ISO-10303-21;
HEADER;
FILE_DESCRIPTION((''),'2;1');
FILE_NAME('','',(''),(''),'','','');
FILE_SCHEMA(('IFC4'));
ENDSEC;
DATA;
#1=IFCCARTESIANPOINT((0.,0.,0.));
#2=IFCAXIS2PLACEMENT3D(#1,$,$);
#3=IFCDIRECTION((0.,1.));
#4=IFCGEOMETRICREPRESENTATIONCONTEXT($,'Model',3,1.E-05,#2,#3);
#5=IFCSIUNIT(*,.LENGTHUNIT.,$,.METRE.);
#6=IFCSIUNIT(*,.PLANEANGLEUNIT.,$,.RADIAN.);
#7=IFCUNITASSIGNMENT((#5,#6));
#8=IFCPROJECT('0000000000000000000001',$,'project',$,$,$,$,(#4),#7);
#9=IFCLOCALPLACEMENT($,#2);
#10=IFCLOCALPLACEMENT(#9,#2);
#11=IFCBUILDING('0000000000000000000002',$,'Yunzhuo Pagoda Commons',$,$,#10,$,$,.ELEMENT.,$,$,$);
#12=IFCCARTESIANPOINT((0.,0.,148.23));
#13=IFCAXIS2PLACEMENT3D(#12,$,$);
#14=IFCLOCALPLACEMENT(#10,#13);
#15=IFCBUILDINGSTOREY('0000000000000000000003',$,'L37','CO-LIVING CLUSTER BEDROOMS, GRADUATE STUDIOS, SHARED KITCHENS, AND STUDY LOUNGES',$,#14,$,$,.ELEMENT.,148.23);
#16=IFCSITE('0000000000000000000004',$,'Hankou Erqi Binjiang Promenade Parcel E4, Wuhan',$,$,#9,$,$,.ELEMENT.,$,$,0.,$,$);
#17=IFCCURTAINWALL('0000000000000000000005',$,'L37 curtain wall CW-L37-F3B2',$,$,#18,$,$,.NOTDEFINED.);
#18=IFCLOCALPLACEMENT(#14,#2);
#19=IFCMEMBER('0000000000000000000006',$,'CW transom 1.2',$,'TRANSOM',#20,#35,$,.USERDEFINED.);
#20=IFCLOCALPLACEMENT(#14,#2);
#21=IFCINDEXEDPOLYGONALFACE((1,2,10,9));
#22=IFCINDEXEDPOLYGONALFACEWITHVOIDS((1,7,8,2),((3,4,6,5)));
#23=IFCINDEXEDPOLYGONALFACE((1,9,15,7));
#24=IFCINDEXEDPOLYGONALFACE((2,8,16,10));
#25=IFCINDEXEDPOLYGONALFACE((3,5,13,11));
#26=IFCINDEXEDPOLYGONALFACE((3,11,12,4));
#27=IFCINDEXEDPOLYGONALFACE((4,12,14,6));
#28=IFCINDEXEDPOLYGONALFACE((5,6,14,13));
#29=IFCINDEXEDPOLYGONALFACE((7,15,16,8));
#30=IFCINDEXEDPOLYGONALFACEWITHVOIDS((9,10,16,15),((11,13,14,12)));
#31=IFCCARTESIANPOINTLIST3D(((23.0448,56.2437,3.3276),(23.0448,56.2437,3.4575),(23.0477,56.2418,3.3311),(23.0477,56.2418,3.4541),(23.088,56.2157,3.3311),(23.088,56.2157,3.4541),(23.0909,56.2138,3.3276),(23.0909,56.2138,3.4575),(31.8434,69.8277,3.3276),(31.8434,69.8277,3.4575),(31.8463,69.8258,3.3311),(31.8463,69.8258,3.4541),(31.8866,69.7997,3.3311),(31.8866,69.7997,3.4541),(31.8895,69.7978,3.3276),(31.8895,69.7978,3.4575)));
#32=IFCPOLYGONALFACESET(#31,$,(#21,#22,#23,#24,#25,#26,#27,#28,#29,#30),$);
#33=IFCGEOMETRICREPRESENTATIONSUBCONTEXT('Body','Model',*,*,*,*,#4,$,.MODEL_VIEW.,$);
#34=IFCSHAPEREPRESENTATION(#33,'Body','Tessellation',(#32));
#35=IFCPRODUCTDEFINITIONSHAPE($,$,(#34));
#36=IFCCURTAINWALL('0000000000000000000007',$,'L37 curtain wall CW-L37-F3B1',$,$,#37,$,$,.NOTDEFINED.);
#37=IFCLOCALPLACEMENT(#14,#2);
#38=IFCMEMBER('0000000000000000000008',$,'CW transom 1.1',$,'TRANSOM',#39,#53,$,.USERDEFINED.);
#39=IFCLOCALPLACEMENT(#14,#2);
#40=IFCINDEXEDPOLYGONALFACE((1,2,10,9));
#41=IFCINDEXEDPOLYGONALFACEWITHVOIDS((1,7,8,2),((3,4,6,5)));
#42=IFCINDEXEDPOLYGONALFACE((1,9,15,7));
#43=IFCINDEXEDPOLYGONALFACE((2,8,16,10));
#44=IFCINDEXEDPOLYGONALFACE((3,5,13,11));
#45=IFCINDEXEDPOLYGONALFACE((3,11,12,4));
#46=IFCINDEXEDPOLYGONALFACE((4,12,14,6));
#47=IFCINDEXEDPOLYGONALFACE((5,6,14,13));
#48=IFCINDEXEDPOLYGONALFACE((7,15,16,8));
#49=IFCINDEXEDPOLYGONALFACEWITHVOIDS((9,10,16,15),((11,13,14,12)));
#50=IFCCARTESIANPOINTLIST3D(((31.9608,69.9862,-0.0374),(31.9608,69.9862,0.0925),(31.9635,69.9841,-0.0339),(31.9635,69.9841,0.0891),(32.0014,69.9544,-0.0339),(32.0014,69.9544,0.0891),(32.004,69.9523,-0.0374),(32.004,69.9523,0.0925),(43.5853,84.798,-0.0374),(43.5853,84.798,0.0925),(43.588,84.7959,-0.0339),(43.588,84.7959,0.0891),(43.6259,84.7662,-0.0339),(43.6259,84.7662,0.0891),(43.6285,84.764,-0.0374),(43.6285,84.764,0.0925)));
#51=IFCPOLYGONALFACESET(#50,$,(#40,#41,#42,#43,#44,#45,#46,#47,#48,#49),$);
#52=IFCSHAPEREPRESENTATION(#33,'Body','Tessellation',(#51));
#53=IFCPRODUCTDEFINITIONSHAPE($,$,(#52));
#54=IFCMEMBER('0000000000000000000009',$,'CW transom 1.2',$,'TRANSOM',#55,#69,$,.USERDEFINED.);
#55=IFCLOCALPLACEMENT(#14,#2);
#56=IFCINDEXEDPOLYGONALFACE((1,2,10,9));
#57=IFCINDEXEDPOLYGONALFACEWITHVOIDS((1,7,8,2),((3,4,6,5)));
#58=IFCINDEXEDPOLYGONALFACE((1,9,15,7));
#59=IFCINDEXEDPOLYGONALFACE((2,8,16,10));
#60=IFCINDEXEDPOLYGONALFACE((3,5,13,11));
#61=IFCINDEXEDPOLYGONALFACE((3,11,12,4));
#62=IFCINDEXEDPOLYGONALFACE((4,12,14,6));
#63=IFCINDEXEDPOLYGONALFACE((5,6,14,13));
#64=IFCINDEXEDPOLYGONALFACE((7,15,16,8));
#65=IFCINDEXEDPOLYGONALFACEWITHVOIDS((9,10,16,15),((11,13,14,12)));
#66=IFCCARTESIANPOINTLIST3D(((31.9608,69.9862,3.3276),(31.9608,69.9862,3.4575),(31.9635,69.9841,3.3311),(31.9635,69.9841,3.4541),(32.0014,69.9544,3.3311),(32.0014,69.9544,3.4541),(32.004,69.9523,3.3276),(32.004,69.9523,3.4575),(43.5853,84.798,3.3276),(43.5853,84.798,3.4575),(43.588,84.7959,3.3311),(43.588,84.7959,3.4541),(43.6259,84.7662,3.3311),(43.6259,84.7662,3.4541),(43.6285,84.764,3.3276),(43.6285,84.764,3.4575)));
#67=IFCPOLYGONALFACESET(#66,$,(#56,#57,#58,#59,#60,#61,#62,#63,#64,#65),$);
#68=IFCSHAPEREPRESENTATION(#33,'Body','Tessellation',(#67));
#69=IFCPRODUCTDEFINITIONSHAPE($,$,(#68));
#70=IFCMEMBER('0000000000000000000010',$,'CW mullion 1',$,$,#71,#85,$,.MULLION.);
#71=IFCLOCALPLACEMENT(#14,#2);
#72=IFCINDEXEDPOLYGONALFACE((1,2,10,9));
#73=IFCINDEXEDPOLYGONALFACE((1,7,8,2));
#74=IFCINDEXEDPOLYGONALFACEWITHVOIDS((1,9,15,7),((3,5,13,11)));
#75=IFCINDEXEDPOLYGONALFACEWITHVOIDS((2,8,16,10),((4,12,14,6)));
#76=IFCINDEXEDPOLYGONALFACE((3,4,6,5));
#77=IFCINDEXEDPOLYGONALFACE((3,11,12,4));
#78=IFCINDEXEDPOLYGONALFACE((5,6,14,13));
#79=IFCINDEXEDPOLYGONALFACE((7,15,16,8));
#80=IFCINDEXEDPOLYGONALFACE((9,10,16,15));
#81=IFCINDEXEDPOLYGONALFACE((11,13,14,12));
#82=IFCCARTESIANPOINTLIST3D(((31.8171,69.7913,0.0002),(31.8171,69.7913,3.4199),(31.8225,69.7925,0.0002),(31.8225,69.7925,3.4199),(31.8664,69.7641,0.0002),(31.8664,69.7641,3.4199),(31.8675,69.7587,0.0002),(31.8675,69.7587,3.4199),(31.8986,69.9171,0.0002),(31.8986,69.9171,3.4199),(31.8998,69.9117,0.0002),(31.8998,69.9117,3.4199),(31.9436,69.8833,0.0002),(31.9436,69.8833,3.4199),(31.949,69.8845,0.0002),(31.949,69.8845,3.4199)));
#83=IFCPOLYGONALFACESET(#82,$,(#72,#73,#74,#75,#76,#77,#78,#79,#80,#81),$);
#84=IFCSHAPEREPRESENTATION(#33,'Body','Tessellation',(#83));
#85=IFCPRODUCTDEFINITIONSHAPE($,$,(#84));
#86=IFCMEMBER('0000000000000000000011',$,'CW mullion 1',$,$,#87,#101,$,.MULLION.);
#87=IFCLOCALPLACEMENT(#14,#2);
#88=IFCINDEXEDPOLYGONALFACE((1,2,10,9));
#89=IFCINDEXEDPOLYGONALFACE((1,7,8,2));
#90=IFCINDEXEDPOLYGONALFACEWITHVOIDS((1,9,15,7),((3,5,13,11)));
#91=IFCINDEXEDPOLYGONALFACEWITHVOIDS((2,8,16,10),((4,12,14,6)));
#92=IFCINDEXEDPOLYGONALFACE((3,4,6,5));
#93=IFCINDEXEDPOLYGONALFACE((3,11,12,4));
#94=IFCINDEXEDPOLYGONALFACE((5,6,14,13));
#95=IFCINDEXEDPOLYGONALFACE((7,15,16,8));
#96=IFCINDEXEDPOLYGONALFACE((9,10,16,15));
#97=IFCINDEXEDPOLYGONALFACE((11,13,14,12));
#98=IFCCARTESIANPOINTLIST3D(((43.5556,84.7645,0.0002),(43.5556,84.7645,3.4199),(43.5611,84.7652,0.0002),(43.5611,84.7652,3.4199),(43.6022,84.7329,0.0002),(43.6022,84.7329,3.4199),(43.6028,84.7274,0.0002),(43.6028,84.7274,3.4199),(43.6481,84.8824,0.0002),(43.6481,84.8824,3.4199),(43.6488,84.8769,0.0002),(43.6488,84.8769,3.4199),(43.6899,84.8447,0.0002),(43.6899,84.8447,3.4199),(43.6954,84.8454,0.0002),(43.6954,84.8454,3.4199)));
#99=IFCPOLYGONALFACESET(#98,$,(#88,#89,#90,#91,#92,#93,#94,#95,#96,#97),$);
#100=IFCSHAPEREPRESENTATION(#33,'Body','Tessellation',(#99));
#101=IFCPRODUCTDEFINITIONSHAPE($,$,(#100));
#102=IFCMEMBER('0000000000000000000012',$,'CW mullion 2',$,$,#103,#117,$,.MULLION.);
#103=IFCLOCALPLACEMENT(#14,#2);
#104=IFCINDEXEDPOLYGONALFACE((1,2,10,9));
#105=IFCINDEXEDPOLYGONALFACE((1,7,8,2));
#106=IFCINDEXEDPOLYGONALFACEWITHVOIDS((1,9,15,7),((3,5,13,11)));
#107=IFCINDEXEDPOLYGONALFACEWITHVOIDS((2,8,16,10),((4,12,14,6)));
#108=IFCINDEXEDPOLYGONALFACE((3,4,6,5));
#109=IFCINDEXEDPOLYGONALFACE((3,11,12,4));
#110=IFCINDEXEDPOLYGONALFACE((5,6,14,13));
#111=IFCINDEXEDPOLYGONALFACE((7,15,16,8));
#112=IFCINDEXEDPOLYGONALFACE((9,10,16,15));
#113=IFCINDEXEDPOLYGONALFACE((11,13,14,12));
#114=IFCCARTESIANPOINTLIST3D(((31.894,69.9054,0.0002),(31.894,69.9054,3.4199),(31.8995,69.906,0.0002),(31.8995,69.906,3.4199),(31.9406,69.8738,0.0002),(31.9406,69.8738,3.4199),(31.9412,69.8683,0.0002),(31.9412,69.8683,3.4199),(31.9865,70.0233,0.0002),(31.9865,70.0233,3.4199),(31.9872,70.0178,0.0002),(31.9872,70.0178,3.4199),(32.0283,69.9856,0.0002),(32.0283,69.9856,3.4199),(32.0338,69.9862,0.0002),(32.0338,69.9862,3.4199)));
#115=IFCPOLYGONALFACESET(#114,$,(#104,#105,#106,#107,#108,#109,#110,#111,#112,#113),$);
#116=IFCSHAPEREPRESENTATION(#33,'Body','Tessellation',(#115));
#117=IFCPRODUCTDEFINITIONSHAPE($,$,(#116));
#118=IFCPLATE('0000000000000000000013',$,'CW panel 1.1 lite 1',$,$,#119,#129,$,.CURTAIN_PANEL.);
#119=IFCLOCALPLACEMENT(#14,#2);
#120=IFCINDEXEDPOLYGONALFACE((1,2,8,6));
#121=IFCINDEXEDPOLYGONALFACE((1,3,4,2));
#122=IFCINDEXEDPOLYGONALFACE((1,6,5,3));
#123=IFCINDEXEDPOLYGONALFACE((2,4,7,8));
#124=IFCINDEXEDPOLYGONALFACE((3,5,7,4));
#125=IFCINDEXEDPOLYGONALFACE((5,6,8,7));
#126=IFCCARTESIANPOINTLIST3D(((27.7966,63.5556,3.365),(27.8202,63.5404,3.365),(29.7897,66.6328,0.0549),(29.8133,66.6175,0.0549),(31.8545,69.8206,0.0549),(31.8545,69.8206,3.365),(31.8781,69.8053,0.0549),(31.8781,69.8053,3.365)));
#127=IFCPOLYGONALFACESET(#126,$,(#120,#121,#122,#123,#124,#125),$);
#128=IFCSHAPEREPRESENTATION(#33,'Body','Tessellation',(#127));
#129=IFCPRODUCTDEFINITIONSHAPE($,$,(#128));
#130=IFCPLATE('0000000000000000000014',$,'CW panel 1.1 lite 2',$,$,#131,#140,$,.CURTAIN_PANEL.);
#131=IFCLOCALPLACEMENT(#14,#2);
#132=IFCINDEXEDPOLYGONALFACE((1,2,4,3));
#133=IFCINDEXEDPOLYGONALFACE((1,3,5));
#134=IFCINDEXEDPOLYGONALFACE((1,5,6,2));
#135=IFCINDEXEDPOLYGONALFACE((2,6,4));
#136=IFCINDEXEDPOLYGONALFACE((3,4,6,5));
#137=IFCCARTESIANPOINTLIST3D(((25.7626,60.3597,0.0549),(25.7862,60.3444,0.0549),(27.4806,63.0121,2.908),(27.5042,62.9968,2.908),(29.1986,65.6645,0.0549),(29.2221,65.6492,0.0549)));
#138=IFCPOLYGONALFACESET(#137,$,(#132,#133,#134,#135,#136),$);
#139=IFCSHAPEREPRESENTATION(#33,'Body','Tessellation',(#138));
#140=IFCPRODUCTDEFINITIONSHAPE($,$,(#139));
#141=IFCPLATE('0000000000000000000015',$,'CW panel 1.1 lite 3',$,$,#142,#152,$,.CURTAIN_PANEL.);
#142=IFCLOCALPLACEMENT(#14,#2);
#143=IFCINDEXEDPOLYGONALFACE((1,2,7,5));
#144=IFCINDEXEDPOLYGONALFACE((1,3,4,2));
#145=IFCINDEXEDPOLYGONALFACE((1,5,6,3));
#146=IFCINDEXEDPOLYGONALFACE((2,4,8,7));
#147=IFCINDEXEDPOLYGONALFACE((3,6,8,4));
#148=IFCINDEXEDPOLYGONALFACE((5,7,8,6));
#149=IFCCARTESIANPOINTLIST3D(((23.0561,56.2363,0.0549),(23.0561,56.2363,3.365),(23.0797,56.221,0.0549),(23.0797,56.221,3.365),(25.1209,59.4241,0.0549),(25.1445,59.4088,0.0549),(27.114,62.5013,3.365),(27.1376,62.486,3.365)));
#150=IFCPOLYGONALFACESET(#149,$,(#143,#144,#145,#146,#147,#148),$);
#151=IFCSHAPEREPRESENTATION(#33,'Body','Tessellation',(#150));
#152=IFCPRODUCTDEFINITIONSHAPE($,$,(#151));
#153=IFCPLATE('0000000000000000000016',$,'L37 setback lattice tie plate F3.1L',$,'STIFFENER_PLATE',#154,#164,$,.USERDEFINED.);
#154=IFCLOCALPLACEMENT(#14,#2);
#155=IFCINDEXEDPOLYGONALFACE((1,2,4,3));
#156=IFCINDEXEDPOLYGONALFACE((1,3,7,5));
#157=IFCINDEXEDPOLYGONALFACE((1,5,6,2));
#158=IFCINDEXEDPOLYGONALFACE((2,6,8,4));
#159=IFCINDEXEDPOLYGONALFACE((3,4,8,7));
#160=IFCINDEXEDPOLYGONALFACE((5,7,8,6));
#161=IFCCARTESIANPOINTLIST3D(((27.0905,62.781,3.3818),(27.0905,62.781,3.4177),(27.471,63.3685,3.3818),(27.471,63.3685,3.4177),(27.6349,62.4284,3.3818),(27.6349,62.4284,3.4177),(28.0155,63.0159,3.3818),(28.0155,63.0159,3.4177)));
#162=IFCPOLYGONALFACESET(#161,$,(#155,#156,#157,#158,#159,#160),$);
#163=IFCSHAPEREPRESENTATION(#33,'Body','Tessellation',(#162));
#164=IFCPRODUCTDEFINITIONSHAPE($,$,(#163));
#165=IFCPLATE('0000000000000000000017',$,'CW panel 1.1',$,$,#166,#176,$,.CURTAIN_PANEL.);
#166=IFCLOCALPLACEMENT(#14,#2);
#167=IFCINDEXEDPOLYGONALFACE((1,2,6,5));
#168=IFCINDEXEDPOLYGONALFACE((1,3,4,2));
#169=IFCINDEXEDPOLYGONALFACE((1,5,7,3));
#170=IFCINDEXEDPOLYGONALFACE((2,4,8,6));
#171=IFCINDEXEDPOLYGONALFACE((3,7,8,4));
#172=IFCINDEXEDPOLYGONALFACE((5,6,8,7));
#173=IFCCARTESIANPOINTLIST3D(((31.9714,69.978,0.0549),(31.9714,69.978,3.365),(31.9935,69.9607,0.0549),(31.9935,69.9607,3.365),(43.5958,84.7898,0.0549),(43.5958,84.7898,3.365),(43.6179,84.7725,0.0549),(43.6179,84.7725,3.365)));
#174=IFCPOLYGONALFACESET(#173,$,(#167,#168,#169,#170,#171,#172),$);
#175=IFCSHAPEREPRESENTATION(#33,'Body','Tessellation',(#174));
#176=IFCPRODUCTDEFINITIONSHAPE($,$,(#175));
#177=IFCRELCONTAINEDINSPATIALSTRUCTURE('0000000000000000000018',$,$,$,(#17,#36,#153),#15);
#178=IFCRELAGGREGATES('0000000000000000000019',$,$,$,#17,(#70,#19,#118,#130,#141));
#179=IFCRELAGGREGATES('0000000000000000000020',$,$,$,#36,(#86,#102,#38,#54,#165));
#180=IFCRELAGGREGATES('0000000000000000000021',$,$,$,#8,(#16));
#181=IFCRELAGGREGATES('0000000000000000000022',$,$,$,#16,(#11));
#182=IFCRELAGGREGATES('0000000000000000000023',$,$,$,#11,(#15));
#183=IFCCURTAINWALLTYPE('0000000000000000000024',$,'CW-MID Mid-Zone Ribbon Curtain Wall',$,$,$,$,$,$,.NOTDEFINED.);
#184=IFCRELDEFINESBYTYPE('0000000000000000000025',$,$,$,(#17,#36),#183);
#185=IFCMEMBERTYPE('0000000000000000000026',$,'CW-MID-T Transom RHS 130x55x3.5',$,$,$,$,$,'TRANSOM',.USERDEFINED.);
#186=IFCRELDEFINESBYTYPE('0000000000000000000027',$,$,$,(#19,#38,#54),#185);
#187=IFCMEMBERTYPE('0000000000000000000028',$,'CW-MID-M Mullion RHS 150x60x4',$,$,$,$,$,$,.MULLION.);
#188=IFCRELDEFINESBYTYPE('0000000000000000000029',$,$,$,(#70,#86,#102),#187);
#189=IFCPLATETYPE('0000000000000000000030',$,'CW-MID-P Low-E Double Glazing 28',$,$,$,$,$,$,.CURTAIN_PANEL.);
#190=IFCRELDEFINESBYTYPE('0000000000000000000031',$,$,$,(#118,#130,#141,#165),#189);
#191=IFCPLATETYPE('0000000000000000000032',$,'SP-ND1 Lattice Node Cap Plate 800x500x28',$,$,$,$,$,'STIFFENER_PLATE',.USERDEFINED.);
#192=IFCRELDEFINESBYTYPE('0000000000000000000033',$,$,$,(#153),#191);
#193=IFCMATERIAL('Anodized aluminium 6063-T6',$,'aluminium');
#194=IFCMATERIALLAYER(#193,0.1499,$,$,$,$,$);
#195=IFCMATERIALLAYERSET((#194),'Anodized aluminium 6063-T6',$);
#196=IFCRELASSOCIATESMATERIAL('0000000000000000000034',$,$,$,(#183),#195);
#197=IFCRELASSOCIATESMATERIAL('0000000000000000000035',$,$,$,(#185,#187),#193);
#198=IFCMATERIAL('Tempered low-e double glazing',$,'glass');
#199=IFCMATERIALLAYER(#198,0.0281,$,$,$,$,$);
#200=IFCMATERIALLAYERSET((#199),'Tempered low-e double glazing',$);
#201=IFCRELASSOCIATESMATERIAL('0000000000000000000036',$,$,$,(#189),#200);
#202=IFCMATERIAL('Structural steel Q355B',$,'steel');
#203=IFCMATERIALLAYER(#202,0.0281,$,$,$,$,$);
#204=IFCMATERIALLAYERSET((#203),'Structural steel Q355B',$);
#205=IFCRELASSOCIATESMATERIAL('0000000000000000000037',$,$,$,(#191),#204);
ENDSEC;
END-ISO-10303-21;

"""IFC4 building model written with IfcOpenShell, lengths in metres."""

from ifc_helpers import new_model, si_unit, direction, frame, origin, origin_2d, place, context, subcontext, project, spatial, polyline, rectangle, hollow_rectangle, outline, extrude, source, transform, mapped, material, layer, layer_set, material_profile, profile_set, type_object, element, aggregate, save


model = new_model("IFC4")

# Units and contexts
model_context = context("Model", 3, precision=1e-05, world=origin(), true_north=direction((0.0, 1.0)))
body_context = subcontext(model_context, "Body", "Model", "MODEL_VIEW")
ifc_project = project(units=[si_unit("LENGTHUNIT", "METRE"), si_unit("PLANEANGLEUNIT", "RADIAN")], contexts=[model_context])

# Site, building, storey
site_placement = place(None, origin())
site = spatial("IfcSite", under=ifc_project, at=site_placement, Name="Hankou Erqi Binjiang Promenade Parcel E4, Wuhan", CompositionType="ELEMENT", RefElevation=0.0)
building_placement = place(site_placement, origin())
building = spatial("IfcBuilding", under=site, at=building_placement, Name="Yunzhuo Pagoda Commons", CompositionType="ELEMENT")
storey_placement = place(building_placement, frame((0.0, 0.0, 148.23)))
storey = spatial("IfcBuildingStorey", under=building, at=storey_placement, Name="L37", Description="CO-LIVING CLUSTER BEDROOMS, GRADUATE STUDIOS, SHARED KITCHENS, AND STUDY LOUNGES", CompositionType="ELEMENT", Elevation=148.23)

# Shared definitions
ifc_material_1 = material(Name="Structural steel Q355B", Category="steel")

# Curtain walls, members
ifc_material_2 = material(Name="Anodized aluminium 6063-T6", Category="aluminium")
ifc_layer_1 = layer(ifc_material_2, 0.1499)
ifc_layer_set_1 = layer_set([ifc_layer_1], Name="Anodized aluminium 6063-T6")
curtain_wall_type = type_object("IfcCurtainWallType", Name="CW-MID Mid-Zone Ribbon Curtain Wall", PredefinedType="NOTDEFINED", material=ifc_layer_set_1)
curtain_wall_1_placement = place(storey_placement, origin())
curtain_wall_1 = element("IfcCurtainWall", 1, at=curtain_wall_1_placement, inside=storey, type_object=curtain_wall_type, Name="L37 curtain wall CW-L37-F3B2", PredefinedType="NOTDEFINED")
ifc_material_profile_1 = material_profile(ifc_material_2, hollow_rectangle(XDim=0.0549, YDim=0.1299, WallThickness=0.0034, at=origin_2d()), Name="Anodized aluminium 6063-T6")
ifc_profile_set_1 = profile_set([ifc_material_profile_1], Name="Anodized aluminium 6063-T6")
member_type_1 = type_object("IfcMemberType", Name="CW-MID-T Transom RHS 130x55x3.5", ElementType="TRANSOM", PredefinedType="USERDEFINED", material=ifc_profile_set_1)
shared_shape_1 = source(origin(), body_context, "Body", "SweptSolid", [
    extrude(hollow_rectangle(XDim=0.0549, YDim=0.1299, WallThickness=0.0034, at=origin_2d()), origin(), (0.0, 0.0, 1.0), 16.1846),
])
member_1_placement = place(storey_placement, frame((31.8665, 69.8127, 3.3926), z_axis=(-0.543641, -0.839318, 0.0), x_axis=(0.839318, -0.543641, 0.0)))
member_1 = element("IfcMember", 2, at=member_1_placement, type_object=member_type_1, Name="CW transom 1.2", ObjectType="TRANSOM", PredefinedType="USERDEFINED", context=body_context, shape_type="MappedRepresentation", body=[
    mapped(shared_shape_1, transform((0.0, 0.0, 0.0), scale=1.0)),
])
curtain_wall_2_placement = place(storey_placement, origin())
curtain_wall_2 = element("IfcCurtainWall", 3, at=curtain_wall_2_placement, inside=storey, type_object=curtain_wall_type, Name="L37 curtain wall CW-L37-F3B1", PredefinedType="NOTDEFINED")
shared_shape_2 = source(origin(), body_context, "Body", "SweptSolid", [
    extrude(hollow_rectangle(XDim=0.0549, YDim=0.1299, WallThickness=0.0034, at=origin_2d()), origin(), (0.0, 0.0, 1.0), 18.8286),
])
member_2_placement = place(storey_placement, frame((43.6069, 84.781, 0.0276), z_axis=(-0.617385, -0.786662, 0.0), x_axis=(0.786662, -0.617385, 0.0)))
member_2 = element("IfcMember", 4, at=member_2_placement, type_object=member_type_1, Name="CW transom 1.1", ObjectType="TRANSOM", PredefinedType="USERDEFINED", context=body_context, shape_type="MappedRepresentation", body=[
    mapped(shared_shape_2, transform((0.0, 0.0, 0.0), scale=1.0)),
])
member_3_placement = place(storey_placement, frame((43.6069, 84.781, 3.3926), z_axis=(-0.617385, -0.786662, 0.0), x_axis=(0.786662, -0.617385, 0.0)))
member_3 = element("IfcMember", 5, at=member_3_placement, type_object=member_type_1, Name="CW transom 1.2", ObjectType="TRANSOM", PredefinedType="USERDEFINED", context=body_context, shape_type="MappedRepresentation", body=[
    mapped(shared_shape_2, transform((0.0, 0.0, 0.0), scale=1.0)),
])

# Members
ifc_material_profile_2 = material_profile(ifc_material_2, hollow_rectangle(XDim=0.0601, YDim=0.1499, WallThickness=0.0039, at=origin_2d()), Name="Anodized aluminium 6063-T6")
ifc_profile_set_2 = profile_set([ifc_material_profile_2], Name="Anodized aluminium 6063-T6")
member_type_2 = type_object("IfcMemberType", Name="CW-MID-M Mullion RHS 150x60x4", PredefinedType="MULLION", material=ifc_profile_set_2)
shared_shape_3 = source(origin(), body_context, "Body", "SweptSolid", [
    extrude(hollow_rectangle(XDim=0.0601, YDim=0.1499, WallThickness=0.0039, at=origin_2d()), origin(), (0.0, 0.0, 1.0), 3.4197),
])
member_4_placement = place(storey_placement, frame((31.8831, 69.8379, 0.0002), z_axis=(0.0, 0.0, 1.0), x_axis=(0.83932, -0.543637, 0.0)))
member_4 = element("IfcMember", 6, at=member_4_placement, type_object=member_type_2, Name="CW mullion 1", PredefinedType="MULLION", context=body_context, shape_type="MappedRepresentation", body=[
    mapped(shared_shape_3, transform((0.0, 0.0, 0.0), scale=1.0)),
])
member_5_placement = place(storey_placement, frame((43.6255, 84.8049, 0.0002), z_axis=(0.0, 0.0, 1.0), x_axis=(0.786665, -0.61738, 0.0)))
member_5 = element("IfcMember", 7, at=member_5_placement, type_object=member_type_2, Name="CW mullion 1", PredefinedType="MULLION", context=body_context, shape_type="MappedRepresentation", body=[
    mapped(shared_shape_3, transform((0.0, 0.0, 0.0), scale=1.0)),
])
member_6_placement = place(storey_placement, frame((31.9639, 69.9458, 0.0002), z_axis=(0.0, 0.0, 1.0), x_axis=(0.786665, -0.61738, 0.0)))
member_6 = element("IfcMember", 8, at=member_6_placement, type_object=member_type_2, Name="CW mullion 2", PredefinedType="MULLION", context=body_context, shape_type="MappedRepresentation", body=[
    mapped(shared_shape_3, transform((0.0, 0.0, 0.0), scale=1.0)),
])

# Plates
ifc_material_3 = material(Name="Tempered low-e double glazing", Category="glass")
ifc_layer_2 = layer(ifc_material_3, 0.0281)
ifc_layer_set_2 = layer_set([ifc_layer_2], Name="Tempered low-e double glazing")
plate_type_1 = type_object("IfcPlateType", Name="CW-MID-P Low-E Double Glazing 28", PredefinedType="CURTAIN_PANEL", material=ifc_layer_set_2)
plate_1_placement = place(storey_placement, frame((29.8491, 66.6729, 1.71), z_axis=(-0.83932, 0.543637, 0.0), x_axis=(-0.543637, -0.83932, 0.0)))
plate_1 = element("IfcPlate", 9, at=plate_1_placement, type_object=plate_type_1, Name="CW panel 1.1 lite 1", PredefinedType="CURTAIN_PANEL", context=body_context, shape_type="SweptSolid", body=[
    extrude(outline(polyline([(-3.7322, -1.655), (0.0659, -1.655), (3.7322, 1.655), (-3.7322, 1.655), (-3.7322, -1.655)])), origin(), (0.0, 0.0, 1.0), 0.0281),
])
plate_2_placement = place(storey_placement, frame((27.5042, 62.9968, 1.4814), z_axis=(-0.83932, 0.543637, 0.0), x_axis=(-0.543637, -0.83932, 0.0)))
plate_2 = element("IfcPlate", 10, at=plate_2_placement, type_object=plate_type_1, Name="CW panel 1.1 lite 2", PredefinedType="CURTAIN_PANEL", context=body_context, shape_type="SweptSolid", body=[
    extrude(outline(polyline([(-3.1602, -1.4265), (3.1602, -1.4265), (0.0, 1.4265), (-3.1602, -1.4265)])), origin(), (0.0, 0.0, 1.0), 0.0281),
])
plate_3_placement = place(storey_placement, frame((25.1086, 59.3535, 1.71), z_axis=(-0.83932, 0.543637, 0.0), x_axis=(-0.543637, -0.83932, 0.0)))
plate_3 = element("IfcPlate", 11, at=plate_3_placement, type_object=plate_type_1, Name="CW panel 1.1 lite 3", PredefinedType="CURTAIN_PANEL", context=body_context, shape_type="SweptSolid", body=[
    extrude(outline(polyline([(-3.7322, 1.655), (-0.0659, -1.655), (3.7322, -1.655), (3.7322, 1.655), (-3.7322, 1.655)])), origin(), (0.0, 0.0, 1.0), 0.0281),
])
aggregate(curtain_wall_1, [member_4, member_1, plate_1, plate_2, plate_3])
ifc_layer_3 = layer(ifc_material_1, 0.0281)
ifc_layer_set_3 = layer_set([ifc_layer_3], Name="Structural steel Q355B")
plate_type_2 = type_object("IfcPlateType", Name="SP-ND1 Lattice Node Cap Plate 800x500x28", ElementType="STIFFENER_PLATE", PredefinedType="USERDEFINED", material=ifc_layer_set_3)
shared_shape_4 = source(origin(), body_context, "Body", "SweptSolid", [
    extrude(rectangle(XDim=0.7, YDim=0.6487, at=origin_2d()), origin(), (0.0, 0.0, 1.0), 0.0359),
])
plate_4_placement = place(storey_placement, frame((27.553, 62.8984, 3.3818), z_axis=(0.0, 0.0, 1.0), x_axis=(-0.543643, -0.839316, 0.0)))
element("IfcPlate", 12, at=plate_4_placement, inside=storey, type_object=plate_type_2, Name="L37 setback lattice tie plate F3.1L", ObjectType="STIFFENER_PLATE", PredefinedType="USERDEFINED", context=body_context, shape_type="MappedRepresentation", body=[
    mapped(shared_shape_4, transform((0.0, 0.0, 0.0), scale=1.0)),
])
shared_shape_5 = source(origin(), body_context, "Body", "SweptSolid", [
    extrude(rectangle(XDim=18.8286, YDim=0.0281, at=origin_2d()), origin(), (0.0, 0.0, 1.0), 3.3101),
])
plate_5_placement = place(storey_placement, frame((37.7947, 77.3752, 0.0549), z_axis=(0.0, 0.0, 1.0), x_axis=(-0.61738, -0.786665, 0.0)))
plate_5 = element("IfcPlate", 13, at=plate_5_placement, type_object=plate_type_1, Name="CW panel 1.1", PredefinedType="CURTAIN_PANEL", context=body_context, shape_type="MappedRepresentation", body=[
    mapped(shared_shape_5, transform((0.0, 0.0, 0.0), scale=1.0)),
])
aggregate(curtain_wall_2, [member_5, member_6, member_2, member_3, plate_5])

save(model, "model.ifc")
